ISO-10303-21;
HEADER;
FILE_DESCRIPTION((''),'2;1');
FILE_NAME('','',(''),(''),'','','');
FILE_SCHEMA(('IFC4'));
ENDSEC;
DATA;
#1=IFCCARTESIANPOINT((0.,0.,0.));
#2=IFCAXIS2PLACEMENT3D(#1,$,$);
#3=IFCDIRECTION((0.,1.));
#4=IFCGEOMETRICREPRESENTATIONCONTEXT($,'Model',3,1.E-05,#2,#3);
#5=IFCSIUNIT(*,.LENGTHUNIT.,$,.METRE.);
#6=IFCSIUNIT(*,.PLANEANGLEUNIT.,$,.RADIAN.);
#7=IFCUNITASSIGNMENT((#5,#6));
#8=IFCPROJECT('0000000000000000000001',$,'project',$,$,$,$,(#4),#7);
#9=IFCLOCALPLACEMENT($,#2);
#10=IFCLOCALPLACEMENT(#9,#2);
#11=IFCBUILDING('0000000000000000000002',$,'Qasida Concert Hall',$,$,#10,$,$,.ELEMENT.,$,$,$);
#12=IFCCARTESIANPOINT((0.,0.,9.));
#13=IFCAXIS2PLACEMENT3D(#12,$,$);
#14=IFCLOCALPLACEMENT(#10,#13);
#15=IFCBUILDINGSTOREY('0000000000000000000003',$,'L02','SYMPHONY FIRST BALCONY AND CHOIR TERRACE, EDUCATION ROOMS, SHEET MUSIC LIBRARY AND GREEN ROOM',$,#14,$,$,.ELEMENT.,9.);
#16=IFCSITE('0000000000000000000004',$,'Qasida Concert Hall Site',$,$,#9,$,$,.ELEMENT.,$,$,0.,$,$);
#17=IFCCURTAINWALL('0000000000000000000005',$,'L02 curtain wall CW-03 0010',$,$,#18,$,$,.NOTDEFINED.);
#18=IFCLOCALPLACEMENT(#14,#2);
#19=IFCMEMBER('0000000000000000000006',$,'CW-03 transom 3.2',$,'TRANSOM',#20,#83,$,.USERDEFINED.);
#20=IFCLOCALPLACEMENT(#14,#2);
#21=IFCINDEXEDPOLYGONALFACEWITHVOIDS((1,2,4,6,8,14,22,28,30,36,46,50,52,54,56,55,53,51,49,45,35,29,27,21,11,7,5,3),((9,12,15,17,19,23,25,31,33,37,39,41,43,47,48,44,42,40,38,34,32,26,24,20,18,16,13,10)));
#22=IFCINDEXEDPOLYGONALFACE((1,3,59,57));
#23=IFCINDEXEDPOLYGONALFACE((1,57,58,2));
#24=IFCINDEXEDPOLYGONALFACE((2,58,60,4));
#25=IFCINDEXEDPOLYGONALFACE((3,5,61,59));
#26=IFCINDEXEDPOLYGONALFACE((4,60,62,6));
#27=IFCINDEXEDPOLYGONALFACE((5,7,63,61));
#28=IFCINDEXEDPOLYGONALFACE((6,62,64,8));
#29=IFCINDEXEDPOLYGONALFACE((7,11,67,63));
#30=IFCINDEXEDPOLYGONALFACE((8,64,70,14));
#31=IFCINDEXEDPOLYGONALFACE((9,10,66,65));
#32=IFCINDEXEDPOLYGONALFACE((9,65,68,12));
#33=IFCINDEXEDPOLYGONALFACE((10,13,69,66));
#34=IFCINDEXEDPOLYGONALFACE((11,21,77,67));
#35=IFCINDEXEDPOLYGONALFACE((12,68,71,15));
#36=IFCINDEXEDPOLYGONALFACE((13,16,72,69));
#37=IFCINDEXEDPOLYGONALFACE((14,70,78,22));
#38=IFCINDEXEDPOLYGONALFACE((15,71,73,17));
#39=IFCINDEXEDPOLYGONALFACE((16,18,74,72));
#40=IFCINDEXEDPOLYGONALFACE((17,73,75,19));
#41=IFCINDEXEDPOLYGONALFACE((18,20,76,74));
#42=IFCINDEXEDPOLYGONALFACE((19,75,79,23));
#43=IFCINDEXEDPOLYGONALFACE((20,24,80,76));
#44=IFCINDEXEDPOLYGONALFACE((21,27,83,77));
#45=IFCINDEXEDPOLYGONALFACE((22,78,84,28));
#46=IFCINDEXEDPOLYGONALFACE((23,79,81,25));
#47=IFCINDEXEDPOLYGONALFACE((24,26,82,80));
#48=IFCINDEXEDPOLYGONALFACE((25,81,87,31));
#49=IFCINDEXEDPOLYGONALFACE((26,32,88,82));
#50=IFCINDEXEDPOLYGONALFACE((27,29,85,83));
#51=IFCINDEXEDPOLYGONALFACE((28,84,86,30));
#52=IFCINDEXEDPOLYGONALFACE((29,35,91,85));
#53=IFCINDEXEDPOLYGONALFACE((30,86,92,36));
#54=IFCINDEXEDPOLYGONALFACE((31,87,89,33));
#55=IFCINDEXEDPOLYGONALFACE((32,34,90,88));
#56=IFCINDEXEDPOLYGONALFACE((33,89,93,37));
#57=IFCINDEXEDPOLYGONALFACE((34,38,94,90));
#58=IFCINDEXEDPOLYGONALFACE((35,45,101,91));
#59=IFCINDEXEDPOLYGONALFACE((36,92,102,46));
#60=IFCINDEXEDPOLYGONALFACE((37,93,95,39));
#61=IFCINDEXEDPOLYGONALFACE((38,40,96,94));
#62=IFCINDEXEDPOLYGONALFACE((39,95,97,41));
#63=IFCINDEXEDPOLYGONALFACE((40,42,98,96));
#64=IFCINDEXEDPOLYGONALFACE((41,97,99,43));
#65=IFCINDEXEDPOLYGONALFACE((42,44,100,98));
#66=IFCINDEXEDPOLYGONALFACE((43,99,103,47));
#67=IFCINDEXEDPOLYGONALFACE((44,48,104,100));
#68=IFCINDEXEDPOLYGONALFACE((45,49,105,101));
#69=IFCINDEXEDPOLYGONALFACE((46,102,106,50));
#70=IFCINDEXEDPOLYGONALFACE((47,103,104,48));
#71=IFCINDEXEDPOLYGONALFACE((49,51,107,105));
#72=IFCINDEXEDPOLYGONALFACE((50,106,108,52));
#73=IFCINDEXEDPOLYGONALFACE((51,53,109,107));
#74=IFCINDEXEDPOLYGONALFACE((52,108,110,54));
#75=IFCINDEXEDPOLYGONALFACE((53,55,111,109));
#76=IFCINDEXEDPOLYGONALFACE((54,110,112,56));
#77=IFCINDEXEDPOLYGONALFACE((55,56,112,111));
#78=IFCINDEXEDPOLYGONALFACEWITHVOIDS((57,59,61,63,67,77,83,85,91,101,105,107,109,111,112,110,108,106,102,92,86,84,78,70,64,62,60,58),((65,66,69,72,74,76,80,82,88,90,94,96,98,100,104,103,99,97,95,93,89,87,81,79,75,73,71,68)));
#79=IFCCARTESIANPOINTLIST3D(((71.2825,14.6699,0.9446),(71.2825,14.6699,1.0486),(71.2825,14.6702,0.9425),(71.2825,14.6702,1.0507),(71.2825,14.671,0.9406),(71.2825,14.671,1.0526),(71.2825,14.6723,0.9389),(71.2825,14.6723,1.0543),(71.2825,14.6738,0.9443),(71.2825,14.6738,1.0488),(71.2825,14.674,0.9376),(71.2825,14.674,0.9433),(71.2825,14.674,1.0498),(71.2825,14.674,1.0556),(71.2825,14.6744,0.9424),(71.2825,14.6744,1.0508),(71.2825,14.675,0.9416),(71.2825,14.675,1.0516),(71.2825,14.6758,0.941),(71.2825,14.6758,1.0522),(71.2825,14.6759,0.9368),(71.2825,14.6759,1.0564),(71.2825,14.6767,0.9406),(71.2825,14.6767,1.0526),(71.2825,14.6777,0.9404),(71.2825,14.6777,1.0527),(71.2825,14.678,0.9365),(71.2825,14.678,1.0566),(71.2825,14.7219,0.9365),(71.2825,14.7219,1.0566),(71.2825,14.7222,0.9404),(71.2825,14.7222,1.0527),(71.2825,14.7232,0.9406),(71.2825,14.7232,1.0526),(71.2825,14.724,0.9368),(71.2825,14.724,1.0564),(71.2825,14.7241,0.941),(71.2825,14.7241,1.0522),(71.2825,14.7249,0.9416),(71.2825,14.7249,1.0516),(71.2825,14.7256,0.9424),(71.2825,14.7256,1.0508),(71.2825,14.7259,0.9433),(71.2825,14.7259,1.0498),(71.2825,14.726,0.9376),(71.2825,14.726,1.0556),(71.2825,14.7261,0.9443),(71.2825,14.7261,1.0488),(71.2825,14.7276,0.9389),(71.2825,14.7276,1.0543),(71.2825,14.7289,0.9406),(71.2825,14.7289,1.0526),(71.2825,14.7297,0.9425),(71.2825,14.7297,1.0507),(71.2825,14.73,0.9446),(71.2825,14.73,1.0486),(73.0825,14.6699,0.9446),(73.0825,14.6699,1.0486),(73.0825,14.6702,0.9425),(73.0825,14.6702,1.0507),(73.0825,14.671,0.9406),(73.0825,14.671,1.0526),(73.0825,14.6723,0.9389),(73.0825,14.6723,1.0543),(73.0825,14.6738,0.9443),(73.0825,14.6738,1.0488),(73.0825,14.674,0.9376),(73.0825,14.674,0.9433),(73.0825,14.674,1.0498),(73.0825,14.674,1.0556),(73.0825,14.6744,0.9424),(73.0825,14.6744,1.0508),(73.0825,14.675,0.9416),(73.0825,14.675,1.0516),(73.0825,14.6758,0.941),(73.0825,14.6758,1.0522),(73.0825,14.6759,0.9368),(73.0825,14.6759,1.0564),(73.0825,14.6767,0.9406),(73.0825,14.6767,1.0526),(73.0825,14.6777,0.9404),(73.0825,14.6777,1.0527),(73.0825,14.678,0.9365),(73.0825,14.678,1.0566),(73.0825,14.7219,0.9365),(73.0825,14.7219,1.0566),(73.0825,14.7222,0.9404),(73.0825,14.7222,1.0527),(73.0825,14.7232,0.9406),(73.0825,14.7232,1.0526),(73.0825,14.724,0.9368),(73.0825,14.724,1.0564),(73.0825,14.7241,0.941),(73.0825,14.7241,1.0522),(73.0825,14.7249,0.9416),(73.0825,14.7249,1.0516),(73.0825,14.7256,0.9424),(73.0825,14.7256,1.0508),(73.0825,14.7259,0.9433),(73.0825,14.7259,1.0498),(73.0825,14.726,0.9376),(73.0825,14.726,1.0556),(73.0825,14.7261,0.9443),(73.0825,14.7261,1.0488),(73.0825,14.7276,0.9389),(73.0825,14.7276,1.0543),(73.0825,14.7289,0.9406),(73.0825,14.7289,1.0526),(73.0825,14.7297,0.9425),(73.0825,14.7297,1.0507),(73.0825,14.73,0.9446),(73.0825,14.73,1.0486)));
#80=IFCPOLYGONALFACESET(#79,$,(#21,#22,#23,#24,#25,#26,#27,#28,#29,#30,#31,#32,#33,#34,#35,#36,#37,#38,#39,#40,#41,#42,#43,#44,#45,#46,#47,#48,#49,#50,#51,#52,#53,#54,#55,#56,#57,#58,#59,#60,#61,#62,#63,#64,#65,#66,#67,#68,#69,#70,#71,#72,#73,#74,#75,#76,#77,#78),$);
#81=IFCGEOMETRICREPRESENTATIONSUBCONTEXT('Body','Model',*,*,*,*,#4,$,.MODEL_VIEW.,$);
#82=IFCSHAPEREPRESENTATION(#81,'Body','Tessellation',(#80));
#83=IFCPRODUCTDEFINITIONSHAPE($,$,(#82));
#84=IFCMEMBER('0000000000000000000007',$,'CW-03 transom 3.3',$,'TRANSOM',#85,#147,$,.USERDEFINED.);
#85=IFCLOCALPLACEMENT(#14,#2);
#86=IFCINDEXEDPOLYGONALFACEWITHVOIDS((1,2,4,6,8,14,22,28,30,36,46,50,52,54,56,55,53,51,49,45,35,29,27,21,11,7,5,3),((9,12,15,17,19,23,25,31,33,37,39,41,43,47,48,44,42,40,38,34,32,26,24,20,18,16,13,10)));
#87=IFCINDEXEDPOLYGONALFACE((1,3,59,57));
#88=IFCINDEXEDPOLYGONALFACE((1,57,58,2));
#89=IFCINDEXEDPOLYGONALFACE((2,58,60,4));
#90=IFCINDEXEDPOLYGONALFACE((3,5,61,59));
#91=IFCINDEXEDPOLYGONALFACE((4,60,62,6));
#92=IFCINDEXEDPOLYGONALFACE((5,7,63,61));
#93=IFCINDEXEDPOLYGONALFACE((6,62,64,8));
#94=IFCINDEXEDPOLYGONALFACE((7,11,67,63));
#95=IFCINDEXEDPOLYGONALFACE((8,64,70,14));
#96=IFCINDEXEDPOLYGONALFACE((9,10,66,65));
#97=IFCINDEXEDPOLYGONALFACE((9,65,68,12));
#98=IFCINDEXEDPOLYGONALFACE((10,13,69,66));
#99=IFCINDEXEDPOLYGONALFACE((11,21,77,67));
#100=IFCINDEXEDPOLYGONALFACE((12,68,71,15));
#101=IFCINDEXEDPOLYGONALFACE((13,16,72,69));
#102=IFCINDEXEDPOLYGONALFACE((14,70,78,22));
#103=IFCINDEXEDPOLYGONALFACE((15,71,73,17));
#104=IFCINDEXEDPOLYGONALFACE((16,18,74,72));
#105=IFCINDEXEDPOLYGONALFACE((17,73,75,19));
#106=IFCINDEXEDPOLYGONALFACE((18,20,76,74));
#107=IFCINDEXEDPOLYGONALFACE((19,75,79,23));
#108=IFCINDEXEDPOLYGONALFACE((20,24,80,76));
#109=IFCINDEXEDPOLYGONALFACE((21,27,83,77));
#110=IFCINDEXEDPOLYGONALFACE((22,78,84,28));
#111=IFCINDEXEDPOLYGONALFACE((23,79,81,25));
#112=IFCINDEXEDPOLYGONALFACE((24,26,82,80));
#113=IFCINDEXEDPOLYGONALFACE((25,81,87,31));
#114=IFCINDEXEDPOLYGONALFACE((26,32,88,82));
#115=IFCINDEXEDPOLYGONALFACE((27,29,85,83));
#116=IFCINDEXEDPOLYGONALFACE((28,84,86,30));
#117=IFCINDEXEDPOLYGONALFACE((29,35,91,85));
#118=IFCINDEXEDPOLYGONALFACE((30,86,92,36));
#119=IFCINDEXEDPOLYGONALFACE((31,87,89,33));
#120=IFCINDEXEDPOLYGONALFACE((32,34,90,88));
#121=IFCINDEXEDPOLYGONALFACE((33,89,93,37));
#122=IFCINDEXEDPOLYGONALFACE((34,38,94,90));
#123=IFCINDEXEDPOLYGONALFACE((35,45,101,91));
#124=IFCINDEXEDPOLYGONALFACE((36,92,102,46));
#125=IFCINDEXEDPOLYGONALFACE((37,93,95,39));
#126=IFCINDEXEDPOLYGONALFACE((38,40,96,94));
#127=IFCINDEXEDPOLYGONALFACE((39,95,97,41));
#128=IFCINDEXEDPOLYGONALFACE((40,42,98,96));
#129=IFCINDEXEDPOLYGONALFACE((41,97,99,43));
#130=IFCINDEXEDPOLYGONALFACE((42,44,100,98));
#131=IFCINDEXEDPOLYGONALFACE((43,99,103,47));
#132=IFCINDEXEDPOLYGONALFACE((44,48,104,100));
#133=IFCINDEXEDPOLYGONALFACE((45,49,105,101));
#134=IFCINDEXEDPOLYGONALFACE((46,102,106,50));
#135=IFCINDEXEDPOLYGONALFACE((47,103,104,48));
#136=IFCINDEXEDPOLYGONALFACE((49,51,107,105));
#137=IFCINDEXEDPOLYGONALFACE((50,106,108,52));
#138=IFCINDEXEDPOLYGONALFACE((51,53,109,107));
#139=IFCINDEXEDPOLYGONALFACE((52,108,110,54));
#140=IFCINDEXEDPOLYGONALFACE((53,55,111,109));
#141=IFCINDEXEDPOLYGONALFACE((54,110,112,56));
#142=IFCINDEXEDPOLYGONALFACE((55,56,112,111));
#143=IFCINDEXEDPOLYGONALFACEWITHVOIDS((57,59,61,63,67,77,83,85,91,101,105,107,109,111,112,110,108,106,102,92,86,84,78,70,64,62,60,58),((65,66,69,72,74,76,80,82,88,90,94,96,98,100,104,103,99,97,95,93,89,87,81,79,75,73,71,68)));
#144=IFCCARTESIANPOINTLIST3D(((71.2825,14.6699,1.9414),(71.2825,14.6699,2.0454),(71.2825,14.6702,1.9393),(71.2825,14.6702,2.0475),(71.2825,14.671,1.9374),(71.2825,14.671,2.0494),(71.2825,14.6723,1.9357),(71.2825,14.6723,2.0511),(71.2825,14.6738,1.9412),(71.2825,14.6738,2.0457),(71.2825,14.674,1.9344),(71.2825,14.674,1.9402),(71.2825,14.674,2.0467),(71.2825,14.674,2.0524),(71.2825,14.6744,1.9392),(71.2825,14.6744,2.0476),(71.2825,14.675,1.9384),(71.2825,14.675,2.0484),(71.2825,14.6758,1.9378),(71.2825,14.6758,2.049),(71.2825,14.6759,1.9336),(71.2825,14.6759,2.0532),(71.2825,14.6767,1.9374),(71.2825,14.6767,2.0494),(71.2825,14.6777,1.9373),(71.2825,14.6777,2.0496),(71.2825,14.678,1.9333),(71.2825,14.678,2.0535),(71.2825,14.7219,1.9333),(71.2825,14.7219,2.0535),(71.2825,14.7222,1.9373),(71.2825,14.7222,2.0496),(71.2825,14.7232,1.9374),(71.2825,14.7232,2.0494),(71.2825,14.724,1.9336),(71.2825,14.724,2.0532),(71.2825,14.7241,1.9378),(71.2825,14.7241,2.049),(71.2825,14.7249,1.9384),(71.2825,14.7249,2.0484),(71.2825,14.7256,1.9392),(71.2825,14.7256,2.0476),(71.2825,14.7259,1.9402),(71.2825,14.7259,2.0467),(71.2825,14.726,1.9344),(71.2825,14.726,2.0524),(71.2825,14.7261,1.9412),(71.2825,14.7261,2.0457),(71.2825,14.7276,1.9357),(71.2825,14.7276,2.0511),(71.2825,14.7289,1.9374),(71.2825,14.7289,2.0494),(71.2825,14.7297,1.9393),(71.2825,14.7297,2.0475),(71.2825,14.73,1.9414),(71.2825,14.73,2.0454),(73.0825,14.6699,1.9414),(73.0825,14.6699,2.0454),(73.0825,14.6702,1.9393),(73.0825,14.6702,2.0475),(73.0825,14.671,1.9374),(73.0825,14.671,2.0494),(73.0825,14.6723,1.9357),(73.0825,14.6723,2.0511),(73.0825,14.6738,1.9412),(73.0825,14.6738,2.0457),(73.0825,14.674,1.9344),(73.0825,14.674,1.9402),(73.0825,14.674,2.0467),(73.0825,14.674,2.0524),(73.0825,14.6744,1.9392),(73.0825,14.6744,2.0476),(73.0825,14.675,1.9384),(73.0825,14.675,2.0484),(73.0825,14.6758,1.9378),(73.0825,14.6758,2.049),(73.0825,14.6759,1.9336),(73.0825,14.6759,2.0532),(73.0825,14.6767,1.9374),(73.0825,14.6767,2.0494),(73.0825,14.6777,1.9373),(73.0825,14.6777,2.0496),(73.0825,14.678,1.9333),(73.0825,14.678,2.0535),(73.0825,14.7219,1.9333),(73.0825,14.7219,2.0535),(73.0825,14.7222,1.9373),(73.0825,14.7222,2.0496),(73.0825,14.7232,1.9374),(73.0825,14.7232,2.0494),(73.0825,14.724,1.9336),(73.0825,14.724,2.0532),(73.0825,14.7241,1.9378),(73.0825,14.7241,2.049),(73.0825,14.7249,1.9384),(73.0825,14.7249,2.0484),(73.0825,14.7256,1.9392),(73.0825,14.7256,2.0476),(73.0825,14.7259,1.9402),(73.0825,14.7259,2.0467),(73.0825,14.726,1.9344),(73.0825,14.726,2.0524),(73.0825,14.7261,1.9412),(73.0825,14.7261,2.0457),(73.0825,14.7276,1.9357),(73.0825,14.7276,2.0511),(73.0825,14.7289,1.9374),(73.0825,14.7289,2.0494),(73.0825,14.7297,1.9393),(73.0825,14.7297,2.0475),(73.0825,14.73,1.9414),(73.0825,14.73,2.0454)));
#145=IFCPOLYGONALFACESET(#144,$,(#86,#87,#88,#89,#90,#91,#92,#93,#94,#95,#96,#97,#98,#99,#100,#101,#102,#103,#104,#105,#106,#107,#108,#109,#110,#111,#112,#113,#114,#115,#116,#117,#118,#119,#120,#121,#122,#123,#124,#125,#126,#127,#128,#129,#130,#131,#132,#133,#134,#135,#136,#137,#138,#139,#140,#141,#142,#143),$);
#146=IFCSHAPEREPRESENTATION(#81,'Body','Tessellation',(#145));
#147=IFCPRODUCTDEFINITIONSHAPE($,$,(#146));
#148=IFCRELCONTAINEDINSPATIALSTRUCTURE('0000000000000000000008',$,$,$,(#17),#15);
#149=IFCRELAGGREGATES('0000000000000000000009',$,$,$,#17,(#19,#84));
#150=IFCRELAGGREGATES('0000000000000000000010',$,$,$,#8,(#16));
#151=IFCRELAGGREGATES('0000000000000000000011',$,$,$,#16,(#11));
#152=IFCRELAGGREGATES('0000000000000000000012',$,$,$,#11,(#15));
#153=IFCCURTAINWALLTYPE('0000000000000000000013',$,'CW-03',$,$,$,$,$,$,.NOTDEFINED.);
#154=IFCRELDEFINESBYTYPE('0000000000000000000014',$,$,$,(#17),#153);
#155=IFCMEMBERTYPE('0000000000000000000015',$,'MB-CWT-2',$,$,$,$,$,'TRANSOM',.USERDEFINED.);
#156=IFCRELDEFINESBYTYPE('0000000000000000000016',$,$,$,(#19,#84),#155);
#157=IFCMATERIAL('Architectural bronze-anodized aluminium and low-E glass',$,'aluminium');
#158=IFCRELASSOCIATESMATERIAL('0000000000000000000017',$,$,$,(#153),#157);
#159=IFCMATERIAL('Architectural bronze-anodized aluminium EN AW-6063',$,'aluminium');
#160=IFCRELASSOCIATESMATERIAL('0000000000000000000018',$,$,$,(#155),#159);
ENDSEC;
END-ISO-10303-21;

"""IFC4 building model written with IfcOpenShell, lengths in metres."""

from ifc_helpers import new_model, si_unit, direction, frame, origin, origin_2d, place, context, subcontext, project, spatial, hollow_rectangle, extrude, material, material_profile, profile_set, type_object, element, aggregate, save


model = new_model("IFC4")

# Units and contexts
model_context = context("Model", 3, precision=1e-05, world=origin(), true_north=direction((0.0, 1.0)))
body_context = subcontext(model_context, "Body", "Model", "MODEL_VIEW")
ifc_project = project(units=[si_unit("LENGTHUNIT", "METRE"), si_unit("PLANEANGLEUNIT", "RADIAN")], contexts=[model_context])

# Site, building, storey
site_placement = place(None, origin())
site = spatial("IfcSite", under=ifc_project, at=site_placement, Name="Qasida Concert Hall Site", CompositionType="ELEMENT", RefElevation=0.0)
building_placement = place(site_placement, origin())
building = spatial("IfcBuilding", under=site, at=building_placement, Name="Qasida Concert Hall", CompositionType="ELEMENT")
storey_placement = place(building_placement, frame((0.0, 0.0, 9.0)))
storey = spatial("IfcBuildingStorey", under=building, at=storey_placement, Name="L02", Description="SYMPHONY FIRST BALCONY AND CHOIR TERRACE, EDUCATION ROOMS, SHEET MUSIC LIBRARY AND GREEN ROOM", CompositionType="ELEMENT", Elevation=9.0)

# Curtain wall, members
ifc_material_1 = material(Name="Architectural bronze-anodized aluminium and low-E glass", Category="aluminium")
curtain_wall_type = type_object("IfcCurtainWallType", Name="CW-03", PredefinedType="NOTDEFINED", material=ifc_material_1)
curtain_wall_placement = place(storey_placement, origin())
curtain_wall = element("IfcCurtainWall", 1, at=curtain_wall_placement, inside=storey, type_object=curtain_wall_type, Name="L02 curtain wall CW-03 0010", PredefinedType="NOTDEFINED")
ifc_material_2 = material(Name="Architectural bronze-anodized aluminium EN AW-6063", Category="aluminium")
ifc_material_profile_1 = material_profile(ifc_material_2, hollow_rectangle(XDim=0.0601, YDim=0.1201, WallThickness=0.0039, InnerFilletRadius=0.0039, OuterFilletRadius=0.0081, at=origin_2d()), Name="CWT 120x60x4")
ifc_profile_set_1 = profile_set([ifc_material_profile_1], Name="Architectural bronze-anodized aluminium EN AW-6063")
member_type_1 = type_object("IfcMemberType", Name="MB-CWT-2", ElementType="TRANSOM", PredefinedType="USERDEFINED", material=ifc_profile_set_1)
member_1_placement = place(storey_placement, frame((71.2825, 14.7, 0.9966), z_axis=(1.0, 0.0, 0.0), x_axis=(0.0, 1.0, 0.0)))
member_1 = element("IfcMember", 2, at=member_1_placement, type_object=member_type_1, Name="CW-03 transom 3.2", ObjectType="TRANSOM", PredefinedType="USERDEFINED", context=body_context, shape_type="SweptSolid", body=[
    extrude(hollow_rectangle(XDim=0.0601, YDim=0.1201, WallThickness=0.0039, InnerFilletRadius=0.0039, OuterFilletRadius=0.0081, at=origin_2d()), origin(), (0.0, 0.0, 1.0), 1.8),
])
member_2_placement = place(storey_placement, frame((71.2825, 14.7, 1.9934), z_axis=(1.0, 0.0, 0.0), x_axis=(0.0, 1.0, 0.0)))
member_2 = element("IfcMember", 3, at=member_2_placement, type_object=member_type_1, Name="CW-03 transom 3.3", ObjectType="TRANSOM", PredefinedType="USERDEFINED", context=body_context, shape_type="SweptSolid", body=[
    extrude(hollow_rectangle(XDim=0.0601, YDim=0.1201, WallThickness=0.0039, InnerFilletRadius=0.0039, OuterFilletRadius=0.0081, at=origin_2d()), origin(), (0.0, 0.0, 1.0), 1.8),
])
aggregate(curtain_wall, [member_1, member_2])

save(model, "model.ifc")
